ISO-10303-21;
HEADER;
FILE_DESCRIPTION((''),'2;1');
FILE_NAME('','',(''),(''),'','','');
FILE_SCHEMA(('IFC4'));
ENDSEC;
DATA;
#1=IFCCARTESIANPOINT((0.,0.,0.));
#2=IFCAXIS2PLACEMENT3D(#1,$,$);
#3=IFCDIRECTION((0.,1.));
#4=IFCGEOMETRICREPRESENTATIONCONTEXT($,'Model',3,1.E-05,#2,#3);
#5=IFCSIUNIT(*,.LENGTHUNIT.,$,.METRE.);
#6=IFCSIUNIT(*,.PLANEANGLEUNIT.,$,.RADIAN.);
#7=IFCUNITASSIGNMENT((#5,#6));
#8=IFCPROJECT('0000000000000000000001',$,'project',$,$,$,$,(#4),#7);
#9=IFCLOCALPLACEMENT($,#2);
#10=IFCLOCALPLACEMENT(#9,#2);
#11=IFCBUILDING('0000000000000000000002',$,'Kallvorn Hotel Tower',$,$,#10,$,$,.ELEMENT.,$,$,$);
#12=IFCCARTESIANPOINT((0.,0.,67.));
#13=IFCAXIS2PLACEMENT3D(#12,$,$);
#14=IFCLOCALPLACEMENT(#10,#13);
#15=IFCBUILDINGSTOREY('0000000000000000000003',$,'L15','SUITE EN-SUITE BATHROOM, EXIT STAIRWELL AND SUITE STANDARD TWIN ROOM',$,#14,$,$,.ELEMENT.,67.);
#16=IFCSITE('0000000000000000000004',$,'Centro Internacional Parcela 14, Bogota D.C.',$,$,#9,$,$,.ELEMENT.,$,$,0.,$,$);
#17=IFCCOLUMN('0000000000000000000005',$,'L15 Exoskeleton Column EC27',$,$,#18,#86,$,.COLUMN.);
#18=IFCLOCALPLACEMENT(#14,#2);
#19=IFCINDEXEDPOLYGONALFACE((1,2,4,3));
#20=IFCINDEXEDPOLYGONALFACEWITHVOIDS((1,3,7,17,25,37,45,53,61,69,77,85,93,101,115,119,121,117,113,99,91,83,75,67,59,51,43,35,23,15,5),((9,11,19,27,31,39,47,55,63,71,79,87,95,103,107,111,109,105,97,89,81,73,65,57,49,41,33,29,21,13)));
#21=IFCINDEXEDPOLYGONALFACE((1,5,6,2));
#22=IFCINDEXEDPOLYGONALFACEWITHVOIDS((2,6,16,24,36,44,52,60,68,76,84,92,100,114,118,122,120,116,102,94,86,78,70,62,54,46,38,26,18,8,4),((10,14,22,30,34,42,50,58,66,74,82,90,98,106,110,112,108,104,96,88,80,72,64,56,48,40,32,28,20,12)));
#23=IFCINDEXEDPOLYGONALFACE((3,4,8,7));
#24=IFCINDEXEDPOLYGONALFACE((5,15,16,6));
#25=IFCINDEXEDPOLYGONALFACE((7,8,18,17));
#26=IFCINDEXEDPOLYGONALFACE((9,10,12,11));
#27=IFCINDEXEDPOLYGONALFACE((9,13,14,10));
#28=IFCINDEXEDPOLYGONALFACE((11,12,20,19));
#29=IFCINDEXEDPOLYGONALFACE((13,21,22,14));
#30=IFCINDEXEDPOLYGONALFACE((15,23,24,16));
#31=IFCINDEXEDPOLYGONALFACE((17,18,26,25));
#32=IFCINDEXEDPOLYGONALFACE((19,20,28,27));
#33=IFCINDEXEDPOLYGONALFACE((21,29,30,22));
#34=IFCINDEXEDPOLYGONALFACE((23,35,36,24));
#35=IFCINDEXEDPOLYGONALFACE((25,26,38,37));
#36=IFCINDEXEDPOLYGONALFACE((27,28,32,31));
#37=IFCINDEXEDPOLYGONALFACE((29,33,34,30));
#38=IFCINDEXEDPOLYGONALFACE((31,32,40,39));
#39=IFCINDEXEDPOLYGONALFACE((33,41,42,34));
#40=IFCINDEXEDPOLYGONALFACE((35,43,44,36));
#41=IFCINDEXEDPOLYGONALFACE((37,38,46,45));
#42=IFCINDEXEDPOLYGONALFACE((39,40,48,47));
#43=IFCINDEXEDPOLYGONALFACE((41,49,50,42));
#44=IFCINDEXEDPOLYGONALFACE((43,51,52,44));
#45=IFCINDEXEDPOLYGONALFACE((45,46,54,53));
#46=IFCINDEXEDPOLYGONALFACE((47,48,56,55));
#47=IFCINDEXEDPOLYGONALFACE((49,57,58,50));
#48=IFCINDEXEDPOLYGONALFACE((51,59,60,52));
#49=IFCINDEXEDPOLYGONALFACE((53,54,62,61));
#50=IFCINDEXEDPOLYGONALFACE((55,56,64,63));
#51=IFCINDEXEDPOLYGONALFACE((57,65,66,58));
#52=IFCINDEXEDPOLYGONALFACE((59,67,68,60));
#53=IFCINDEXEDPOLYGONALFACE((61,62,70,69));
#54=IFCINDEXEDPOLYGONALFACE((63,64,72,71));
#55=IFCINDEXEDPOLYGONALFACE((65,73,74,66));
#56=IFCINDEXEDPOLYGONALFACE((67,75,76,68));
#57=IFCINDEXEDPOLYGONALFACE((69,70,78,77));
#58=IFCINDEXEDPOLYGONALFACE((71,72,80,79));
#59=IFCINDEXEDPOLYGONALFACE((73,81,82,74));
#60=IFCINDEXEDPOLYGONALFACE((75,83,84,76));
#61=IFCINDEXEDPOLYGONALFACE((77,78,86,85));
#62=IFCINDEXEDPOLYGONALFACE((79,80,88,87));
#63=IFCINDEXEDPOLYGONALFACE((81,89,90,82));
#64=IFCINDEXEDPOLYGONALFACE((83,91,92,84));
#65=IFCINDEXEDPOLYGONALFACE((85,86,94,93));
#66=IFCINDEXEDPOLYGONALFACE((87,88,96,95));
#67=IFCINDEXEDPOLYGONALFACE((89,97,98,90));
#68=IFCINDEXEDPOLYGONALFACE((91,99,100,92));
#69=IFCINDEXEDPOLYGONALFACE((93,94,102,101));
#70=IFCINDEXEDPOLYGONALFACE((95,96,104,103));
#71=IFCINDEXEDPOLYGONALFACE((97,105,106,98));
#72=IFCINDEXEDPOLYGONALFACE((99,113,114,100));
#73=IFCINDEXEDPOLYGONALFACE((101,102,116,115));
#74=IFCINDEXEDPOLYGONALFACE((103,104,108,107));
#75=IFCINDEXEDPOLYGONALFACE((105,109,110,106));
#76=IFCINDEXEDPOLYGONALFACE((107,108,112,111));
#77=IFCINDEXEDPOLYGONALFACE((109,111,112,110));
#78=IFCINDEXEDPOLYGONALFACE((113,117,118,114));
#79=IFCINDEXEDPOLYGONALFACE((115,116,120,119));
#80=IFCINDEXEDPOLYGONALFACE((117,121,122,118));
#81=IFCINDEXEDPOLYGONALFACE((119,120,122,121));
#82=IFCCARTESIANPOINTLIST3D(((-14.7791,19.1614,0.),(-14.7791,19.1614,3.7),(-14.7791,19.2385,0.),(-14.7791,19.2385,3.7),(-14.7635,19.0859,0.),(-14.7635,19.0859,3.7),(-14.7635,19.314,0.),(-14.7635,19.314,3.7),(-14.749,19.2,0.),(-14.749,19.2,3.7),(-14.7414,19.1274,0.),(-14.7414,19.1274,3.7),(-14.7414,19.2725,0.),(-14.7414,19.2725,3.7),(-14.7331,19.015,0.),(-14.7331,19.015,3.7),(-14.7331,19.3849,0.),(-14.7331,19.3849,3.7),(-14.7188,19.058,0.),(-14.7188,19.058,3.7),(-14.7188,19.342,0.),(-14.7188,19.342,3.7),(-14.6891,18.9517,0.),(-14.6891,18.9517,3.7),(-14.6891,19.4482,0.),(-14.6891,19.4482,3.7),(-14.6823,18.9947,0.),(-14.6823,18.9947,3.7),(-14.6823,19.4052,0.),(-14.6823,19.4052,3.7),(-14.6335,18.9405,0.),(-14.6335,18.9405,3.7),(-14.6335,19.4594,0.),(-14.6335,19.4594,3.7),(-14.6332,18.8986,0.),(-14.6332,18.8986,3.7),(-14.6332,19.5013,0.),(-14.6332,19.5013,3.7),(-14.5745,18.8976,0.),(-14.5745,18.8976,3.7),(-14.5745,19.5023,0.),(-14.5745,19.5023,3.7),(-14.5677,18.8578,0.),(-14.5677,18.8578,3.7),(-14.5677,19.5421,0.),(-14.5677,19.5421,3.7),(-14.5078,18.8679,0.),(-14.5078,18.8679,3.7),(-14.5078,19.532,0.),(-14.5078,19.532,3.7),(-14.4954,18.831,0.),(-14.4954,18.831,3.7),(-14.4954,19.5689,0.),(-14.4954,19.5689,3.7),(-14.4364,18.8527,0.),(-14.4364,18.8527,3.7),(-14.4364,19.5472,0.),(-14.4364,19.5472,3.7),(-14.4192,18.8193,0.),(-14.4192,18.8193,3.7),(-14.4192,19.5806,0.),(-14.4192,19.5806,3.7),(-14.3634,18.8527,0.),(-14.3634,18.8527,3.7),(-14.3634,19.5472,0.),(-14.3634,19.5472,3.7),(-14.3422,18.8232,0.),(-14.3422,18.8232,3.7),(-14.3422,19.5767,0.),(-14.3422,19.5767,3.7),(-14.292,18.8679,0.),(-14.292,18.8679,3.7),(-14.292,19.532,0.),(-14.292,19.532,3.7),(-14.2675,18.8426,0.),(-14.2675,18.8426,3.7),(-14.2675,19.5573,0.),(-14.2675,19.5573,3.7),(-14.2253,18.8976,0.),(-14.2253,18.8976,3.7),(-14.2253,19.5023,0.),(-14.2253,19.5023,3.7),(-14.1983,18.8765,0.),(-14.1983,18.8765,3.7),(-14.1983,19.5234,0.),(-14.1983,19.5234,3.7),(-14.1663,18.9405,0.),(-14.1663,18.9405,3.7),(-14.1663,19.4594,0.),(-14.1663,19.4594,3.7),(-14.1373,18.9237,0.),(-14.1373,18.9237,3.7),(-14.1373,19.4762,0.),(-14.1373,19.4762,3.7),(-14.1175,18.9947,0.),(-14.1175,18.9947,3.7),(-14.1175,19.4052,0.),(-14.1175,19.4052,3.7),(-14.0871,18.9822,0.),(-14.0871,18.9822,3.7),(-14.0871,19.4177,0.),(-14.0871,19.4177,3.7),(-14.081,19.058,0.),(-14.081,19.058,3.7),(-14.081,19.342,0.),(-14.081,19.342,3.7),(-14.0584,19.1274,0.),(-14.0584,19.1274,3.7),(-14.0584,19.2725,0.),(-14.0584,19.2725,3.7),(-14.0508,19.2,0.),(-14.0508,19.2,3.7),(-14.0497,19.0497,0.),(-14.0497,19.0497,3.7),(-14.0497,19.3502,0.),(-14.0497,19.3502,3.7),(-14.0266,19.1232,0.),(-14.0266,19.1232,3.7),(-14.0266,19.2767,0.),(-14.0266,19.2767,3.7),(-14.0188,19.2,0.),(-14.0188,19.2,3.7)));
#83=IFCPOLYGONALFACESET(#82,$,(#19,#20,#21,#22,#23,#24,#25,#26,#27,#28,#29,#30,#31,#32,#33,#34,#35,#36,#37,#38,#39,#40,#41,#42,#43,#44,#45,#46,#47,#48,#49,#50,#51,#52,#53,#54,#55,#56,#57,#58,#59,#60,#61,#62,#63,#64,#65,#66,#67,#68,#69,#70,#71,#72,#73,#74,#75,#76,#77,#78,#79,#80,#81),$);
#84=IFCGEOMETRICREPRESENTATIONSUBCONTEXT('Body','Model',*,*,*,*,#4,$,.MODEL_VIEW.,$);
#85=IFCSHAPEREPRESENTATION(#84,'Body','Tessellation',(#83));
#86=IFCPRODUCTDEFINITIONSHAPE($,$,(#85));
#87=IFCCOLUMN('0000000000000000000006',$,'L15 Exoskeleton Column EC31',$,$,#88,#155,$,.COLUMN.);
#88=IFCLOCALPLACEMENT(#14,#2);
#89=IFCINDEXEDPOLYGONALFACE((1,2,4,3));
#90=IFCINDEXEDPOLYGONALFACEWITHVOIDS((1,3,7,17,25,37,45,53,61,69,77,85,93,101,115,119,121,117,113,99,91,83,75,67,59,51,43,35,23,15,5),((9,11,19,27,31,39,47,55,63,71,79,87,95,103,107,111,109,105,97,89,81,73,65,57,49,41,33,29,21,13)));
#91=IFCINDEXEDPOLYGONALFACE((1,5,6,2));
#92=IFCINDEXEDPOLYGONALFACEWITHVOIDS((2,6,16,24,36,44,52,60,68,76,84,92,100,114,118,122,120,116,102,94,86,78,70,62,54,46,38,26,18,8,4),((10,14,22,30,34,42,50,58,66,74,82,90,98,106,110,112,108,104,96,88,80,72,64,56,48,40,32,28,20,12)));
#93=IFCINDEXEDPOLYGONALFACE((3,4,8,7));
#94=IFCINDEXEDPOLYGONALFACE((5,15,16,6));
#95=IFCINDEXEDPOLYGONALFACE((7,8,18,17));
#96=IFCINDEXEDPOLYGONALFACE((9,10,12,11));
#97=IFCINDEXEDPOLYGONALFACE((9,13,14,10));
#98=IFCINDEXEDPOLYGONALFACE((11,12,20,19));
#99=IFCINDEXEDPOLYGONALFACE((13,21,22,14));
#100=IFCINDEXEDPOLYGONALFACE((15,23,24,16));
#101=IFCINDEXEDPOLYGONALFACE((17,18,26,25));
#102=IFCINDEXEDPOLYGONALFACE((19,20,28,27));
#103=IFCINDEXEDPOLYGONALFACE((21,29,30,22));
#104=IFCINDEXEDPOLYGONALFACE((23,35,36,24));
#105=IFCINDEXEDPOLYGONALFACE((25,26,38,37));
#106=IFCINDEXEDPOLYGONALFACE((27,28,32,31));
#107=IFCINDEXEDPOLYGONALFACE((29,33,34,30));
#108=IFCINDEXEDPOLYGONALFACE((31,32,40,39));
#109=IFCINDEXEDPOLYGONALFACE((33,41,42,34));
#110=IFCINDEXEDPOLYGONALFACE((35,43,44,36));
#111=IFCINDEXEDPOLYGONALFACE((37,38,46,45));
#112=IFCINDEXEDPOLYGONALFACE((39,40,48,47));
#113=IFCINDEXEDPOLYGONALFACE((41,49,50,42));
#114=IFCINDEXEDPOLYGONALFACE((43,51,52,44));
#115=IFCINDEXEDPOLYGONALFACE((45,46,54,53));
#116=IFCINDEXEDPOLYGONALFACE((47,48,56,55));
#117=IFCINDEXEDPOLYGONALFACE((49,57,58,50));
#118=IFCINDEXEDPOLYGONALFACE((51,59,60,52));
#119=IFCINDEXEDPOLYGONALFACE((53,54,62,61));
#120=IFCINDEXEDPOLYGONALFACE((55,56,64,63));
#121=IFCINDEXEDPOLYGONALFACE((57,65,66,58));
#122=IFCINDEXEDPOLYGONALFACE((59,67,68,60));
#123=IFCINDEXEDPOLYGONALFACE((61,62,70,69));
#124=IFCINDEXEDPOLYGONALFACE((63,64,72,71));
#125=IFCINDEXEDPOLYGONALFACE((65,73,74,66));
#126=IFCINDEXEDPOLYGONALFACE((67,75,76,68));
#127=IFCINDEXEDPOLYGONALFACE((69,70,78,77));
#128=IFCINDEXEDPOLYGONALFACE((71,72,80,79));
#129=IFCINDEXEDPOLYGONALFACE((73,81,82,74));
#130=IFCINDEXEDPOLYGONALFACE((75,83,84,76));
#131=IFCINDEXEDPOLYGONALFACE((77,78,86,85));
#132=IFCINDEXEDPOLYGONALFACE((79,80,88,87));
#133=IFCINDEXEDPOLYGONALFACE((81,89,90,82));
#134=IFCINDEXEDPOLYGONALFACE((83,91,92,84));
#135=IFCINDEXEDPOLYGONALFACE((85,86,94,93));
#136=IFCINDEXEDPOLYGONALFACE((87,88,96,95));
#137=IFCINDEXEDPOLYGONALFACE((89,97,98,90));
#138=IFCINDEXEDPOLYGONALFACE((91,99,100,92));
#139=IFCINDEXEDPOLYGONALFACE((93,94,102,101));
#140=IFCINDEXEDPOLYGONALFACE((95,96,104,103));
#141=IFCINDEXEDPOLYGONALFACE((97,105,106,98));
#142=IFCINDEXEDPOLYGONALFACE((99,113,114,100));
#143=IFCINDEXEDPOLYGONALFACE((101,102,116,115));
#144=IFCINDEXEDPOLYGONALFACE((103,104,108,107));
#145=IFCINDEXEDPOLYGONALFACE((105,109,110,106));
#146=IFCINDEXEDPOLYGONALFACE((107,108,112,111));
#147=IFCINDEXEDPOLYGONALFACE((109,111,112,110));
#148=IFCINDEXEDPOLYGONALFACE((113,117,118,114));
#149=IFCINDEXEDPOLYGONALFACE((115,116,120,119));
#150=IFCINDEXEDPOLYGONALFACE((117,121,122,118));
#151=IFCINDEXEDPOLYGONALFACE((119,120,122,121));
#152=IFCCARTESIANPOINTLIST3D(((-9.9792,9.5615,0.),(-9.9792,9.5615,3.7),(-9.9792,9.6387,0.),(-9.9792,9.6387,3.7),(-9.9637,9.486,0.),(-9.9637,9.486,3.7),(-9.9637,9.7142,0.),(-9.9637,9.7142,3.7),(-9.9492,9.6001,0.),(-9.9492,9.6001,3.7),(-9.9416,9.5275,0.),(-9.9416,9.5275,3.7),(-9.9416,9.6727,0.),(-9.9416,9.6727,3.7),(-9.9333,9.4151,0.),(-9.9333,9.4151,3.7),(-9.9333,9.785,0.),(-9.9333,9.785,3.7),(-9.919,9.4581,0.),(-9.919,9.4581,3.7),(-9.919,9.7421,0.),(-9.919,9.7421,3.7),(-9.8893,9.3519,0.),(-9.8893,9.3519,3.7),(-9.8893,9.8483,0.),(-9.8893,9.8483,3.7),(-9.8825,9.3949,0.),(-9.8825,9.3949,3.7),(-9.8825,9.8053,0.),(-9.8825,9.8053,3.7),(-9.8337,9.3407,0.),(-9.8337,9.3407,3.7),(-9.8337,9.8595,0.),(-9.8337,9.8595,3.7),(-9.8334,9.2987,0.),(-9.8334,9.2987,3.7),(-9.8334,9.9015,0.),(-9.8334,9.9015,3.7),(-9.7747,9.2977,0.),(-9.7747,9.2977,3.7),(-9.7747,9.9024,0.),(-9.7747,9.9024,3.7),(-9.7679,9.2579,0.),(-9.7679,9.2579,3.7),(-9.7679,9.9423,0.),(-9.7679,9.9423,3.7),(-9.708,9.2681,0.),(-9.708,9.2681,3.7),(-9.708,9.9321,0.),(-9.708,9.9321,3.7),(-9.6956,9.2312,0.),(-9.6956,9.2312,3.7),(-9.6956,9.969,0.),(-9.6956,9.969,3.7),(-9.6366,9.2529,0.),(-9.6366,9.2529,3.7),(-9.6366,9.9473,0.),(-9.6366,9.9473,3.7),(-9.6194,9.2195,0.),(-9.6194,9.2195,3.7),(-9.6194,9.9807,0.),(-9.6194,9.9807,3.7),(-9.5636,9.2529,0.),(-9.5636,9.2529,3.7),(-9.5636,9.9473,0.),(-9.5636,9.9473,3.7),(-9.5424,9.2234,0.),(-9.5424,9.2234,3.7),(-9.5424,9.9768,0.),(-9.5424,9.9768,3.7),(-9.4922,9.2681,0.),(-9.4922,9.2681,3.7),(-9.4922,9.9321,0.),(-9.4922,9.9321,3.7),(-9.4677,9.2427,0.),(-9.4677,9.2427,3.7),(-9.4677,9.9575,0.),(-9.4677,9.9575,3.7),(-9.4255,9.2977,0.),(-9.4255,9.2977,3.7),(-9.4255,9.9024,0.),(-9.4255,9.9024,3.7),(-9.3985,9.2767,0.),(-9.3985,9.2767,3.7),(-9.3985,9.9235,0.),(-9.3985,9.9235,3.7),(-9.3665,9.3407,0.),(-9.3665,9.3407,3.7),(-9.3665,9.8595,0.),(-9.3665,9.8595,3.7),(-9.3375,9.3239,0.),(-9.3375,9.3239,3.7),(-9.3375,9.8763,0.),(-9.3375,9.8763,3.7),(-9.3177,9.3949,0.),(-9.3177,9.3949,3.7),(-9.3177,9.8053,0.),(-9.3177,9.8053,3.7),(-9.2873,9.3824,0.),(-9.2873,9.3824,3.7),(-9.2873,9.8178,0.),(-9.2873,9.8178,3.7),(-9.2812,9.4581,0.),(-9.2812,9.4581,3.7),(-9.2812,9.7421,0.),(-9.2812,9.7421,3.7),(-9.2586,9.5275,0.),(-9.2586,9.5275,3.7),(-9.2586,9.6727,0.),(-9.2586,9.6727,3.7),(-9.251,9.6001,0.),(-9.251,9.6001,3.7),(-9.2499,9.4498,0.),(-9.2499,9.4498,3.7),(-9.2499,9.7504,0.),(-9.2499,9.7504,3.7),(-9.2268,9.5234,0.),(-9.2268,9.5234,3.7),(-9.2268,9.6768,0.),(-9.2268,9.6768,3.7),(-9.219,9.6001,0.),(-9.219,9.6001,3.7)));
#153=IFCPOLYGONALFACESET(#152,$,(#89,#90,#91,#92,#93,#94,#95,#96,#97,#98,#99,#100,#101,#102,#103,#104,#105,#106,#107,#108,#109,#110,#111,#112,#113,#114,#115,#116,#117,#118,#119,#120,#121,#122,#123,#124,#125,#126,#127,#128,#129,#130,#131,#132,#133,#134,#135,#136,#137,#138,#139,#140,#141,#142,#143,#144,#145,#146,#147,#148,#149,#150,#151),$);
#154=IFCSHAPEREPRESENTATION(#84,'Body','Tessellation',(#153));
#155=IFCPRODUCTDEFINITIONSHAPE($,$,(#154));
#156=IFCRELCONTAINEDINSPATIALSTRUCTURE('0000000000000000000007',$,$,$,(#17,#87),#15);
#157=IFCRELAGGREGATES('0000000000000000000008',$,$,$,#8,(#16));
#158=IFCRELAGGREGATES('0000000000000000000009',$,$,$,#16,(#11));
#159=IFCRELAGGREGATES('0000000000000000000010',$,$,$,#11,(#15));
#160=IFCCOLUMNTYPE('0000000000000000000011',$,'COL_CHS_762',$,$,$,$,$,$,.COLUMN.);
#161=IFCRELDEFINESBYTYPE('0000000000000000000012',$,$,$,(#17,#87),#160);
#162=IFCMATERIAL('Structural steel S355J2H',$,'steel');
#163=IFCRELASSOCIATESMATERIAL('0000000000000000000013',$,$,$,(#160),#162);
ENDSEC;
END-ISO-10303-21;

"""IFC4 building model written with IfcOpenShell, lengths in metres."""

from ifc_helpers import new_model, si_unit, direction, frame, origin, origin_2d, place, context, subcontext, project, spatial, hollow_circle, extrude, material, material_profile, profile_set, type_object, element, save


model = new_model("IFC4")

# Units and contexts
model_context = context("Model", 3, precision=1e-05, world=origin(), true_north=direction((0.0, 1.0)))
body_context = subcontext(model_context, "Body", "Model", "MODEL_VIEW")
ifc_project = project(units=[si_unit("LENGTHUNIT", "METRE"), si_unit("PLANEANGLEUNIT", "RADIAN")], contexts=[model_context])

# Site, building, storey
site_placement = place(None, origin())
site = spatial("IfcSite", under=ifc_project, at=site_placement, Name="Centro Internacional Parcela 14, Bogota D.C.", CompositionType="ELEMENT", RefElevation=0.0)
building_placement = place(site_placement, origin())
building = spatial("IfcBuilding", under=site, at=building_placement, Name="Kallvorn Hotel Tower", CompositionType="ELEMENT")
storey_placement = place(building_placement, frame((0.0, 0.0, 67.0)))
storey = spatial("IfcBuildingStorey", under=building, at=storey_placement, Name="L15", Description="SUITE EN-SUITE BATHROOM, EXIT STAIRWELL AND SUITE STANDARD TWIN ROOM", CompositionType="ELEMENT", Elevation=67.0)

# Columns
ifc_material_1 = material(Name="Structural steel S355J2H", Category="steel")
ifc_material_profile_1 = material_profile(ifc_material_1, hollow_circle(Radius=0.3811, WallThickness=0.032, at=origin_2d()), Name="CHS 762x32")
ifc_profile_set_1 = profile_set([ifc_material_profile_1], Name="Structural steel S355J2H")
column_type_1 = type_object("IfcColumnType", Name="COL_CHS_762", PredefinedType="COLUMN", material=ifc_profile_set_1)
for number, where, z_axis, x_axis, name in (
    (1, (-14.3999, 19.2, 0.0), (0.0, 0.0, 1.0), (1.0, 0.0, 0.0), "L15 Exoskeleton Column EC27"),
    (2, (-9.6001, 9.6001, 0.0), (0.0, 0.0, 1.0), (1.0, 0.0, 0.0), "L15 Exoskeleton Column EC31"),
):
    element("IfcColumn", number, at=place(storey_placement, frame(where, z_axis=z_axis, x_axis=x_axis)), inside=storey, type_object=column_type_1, Name=name, PredefinedType="COLUMN", context=body_context, shape_type="SweptSolid", body=[
        extrude(hollow_circle(Radius=0.3811, WallThickness=0.032, at=origin_2d()), origin(), (0.0, 0.0, 1.0), 3.7),
    ])

save(model, "model.ifc")
